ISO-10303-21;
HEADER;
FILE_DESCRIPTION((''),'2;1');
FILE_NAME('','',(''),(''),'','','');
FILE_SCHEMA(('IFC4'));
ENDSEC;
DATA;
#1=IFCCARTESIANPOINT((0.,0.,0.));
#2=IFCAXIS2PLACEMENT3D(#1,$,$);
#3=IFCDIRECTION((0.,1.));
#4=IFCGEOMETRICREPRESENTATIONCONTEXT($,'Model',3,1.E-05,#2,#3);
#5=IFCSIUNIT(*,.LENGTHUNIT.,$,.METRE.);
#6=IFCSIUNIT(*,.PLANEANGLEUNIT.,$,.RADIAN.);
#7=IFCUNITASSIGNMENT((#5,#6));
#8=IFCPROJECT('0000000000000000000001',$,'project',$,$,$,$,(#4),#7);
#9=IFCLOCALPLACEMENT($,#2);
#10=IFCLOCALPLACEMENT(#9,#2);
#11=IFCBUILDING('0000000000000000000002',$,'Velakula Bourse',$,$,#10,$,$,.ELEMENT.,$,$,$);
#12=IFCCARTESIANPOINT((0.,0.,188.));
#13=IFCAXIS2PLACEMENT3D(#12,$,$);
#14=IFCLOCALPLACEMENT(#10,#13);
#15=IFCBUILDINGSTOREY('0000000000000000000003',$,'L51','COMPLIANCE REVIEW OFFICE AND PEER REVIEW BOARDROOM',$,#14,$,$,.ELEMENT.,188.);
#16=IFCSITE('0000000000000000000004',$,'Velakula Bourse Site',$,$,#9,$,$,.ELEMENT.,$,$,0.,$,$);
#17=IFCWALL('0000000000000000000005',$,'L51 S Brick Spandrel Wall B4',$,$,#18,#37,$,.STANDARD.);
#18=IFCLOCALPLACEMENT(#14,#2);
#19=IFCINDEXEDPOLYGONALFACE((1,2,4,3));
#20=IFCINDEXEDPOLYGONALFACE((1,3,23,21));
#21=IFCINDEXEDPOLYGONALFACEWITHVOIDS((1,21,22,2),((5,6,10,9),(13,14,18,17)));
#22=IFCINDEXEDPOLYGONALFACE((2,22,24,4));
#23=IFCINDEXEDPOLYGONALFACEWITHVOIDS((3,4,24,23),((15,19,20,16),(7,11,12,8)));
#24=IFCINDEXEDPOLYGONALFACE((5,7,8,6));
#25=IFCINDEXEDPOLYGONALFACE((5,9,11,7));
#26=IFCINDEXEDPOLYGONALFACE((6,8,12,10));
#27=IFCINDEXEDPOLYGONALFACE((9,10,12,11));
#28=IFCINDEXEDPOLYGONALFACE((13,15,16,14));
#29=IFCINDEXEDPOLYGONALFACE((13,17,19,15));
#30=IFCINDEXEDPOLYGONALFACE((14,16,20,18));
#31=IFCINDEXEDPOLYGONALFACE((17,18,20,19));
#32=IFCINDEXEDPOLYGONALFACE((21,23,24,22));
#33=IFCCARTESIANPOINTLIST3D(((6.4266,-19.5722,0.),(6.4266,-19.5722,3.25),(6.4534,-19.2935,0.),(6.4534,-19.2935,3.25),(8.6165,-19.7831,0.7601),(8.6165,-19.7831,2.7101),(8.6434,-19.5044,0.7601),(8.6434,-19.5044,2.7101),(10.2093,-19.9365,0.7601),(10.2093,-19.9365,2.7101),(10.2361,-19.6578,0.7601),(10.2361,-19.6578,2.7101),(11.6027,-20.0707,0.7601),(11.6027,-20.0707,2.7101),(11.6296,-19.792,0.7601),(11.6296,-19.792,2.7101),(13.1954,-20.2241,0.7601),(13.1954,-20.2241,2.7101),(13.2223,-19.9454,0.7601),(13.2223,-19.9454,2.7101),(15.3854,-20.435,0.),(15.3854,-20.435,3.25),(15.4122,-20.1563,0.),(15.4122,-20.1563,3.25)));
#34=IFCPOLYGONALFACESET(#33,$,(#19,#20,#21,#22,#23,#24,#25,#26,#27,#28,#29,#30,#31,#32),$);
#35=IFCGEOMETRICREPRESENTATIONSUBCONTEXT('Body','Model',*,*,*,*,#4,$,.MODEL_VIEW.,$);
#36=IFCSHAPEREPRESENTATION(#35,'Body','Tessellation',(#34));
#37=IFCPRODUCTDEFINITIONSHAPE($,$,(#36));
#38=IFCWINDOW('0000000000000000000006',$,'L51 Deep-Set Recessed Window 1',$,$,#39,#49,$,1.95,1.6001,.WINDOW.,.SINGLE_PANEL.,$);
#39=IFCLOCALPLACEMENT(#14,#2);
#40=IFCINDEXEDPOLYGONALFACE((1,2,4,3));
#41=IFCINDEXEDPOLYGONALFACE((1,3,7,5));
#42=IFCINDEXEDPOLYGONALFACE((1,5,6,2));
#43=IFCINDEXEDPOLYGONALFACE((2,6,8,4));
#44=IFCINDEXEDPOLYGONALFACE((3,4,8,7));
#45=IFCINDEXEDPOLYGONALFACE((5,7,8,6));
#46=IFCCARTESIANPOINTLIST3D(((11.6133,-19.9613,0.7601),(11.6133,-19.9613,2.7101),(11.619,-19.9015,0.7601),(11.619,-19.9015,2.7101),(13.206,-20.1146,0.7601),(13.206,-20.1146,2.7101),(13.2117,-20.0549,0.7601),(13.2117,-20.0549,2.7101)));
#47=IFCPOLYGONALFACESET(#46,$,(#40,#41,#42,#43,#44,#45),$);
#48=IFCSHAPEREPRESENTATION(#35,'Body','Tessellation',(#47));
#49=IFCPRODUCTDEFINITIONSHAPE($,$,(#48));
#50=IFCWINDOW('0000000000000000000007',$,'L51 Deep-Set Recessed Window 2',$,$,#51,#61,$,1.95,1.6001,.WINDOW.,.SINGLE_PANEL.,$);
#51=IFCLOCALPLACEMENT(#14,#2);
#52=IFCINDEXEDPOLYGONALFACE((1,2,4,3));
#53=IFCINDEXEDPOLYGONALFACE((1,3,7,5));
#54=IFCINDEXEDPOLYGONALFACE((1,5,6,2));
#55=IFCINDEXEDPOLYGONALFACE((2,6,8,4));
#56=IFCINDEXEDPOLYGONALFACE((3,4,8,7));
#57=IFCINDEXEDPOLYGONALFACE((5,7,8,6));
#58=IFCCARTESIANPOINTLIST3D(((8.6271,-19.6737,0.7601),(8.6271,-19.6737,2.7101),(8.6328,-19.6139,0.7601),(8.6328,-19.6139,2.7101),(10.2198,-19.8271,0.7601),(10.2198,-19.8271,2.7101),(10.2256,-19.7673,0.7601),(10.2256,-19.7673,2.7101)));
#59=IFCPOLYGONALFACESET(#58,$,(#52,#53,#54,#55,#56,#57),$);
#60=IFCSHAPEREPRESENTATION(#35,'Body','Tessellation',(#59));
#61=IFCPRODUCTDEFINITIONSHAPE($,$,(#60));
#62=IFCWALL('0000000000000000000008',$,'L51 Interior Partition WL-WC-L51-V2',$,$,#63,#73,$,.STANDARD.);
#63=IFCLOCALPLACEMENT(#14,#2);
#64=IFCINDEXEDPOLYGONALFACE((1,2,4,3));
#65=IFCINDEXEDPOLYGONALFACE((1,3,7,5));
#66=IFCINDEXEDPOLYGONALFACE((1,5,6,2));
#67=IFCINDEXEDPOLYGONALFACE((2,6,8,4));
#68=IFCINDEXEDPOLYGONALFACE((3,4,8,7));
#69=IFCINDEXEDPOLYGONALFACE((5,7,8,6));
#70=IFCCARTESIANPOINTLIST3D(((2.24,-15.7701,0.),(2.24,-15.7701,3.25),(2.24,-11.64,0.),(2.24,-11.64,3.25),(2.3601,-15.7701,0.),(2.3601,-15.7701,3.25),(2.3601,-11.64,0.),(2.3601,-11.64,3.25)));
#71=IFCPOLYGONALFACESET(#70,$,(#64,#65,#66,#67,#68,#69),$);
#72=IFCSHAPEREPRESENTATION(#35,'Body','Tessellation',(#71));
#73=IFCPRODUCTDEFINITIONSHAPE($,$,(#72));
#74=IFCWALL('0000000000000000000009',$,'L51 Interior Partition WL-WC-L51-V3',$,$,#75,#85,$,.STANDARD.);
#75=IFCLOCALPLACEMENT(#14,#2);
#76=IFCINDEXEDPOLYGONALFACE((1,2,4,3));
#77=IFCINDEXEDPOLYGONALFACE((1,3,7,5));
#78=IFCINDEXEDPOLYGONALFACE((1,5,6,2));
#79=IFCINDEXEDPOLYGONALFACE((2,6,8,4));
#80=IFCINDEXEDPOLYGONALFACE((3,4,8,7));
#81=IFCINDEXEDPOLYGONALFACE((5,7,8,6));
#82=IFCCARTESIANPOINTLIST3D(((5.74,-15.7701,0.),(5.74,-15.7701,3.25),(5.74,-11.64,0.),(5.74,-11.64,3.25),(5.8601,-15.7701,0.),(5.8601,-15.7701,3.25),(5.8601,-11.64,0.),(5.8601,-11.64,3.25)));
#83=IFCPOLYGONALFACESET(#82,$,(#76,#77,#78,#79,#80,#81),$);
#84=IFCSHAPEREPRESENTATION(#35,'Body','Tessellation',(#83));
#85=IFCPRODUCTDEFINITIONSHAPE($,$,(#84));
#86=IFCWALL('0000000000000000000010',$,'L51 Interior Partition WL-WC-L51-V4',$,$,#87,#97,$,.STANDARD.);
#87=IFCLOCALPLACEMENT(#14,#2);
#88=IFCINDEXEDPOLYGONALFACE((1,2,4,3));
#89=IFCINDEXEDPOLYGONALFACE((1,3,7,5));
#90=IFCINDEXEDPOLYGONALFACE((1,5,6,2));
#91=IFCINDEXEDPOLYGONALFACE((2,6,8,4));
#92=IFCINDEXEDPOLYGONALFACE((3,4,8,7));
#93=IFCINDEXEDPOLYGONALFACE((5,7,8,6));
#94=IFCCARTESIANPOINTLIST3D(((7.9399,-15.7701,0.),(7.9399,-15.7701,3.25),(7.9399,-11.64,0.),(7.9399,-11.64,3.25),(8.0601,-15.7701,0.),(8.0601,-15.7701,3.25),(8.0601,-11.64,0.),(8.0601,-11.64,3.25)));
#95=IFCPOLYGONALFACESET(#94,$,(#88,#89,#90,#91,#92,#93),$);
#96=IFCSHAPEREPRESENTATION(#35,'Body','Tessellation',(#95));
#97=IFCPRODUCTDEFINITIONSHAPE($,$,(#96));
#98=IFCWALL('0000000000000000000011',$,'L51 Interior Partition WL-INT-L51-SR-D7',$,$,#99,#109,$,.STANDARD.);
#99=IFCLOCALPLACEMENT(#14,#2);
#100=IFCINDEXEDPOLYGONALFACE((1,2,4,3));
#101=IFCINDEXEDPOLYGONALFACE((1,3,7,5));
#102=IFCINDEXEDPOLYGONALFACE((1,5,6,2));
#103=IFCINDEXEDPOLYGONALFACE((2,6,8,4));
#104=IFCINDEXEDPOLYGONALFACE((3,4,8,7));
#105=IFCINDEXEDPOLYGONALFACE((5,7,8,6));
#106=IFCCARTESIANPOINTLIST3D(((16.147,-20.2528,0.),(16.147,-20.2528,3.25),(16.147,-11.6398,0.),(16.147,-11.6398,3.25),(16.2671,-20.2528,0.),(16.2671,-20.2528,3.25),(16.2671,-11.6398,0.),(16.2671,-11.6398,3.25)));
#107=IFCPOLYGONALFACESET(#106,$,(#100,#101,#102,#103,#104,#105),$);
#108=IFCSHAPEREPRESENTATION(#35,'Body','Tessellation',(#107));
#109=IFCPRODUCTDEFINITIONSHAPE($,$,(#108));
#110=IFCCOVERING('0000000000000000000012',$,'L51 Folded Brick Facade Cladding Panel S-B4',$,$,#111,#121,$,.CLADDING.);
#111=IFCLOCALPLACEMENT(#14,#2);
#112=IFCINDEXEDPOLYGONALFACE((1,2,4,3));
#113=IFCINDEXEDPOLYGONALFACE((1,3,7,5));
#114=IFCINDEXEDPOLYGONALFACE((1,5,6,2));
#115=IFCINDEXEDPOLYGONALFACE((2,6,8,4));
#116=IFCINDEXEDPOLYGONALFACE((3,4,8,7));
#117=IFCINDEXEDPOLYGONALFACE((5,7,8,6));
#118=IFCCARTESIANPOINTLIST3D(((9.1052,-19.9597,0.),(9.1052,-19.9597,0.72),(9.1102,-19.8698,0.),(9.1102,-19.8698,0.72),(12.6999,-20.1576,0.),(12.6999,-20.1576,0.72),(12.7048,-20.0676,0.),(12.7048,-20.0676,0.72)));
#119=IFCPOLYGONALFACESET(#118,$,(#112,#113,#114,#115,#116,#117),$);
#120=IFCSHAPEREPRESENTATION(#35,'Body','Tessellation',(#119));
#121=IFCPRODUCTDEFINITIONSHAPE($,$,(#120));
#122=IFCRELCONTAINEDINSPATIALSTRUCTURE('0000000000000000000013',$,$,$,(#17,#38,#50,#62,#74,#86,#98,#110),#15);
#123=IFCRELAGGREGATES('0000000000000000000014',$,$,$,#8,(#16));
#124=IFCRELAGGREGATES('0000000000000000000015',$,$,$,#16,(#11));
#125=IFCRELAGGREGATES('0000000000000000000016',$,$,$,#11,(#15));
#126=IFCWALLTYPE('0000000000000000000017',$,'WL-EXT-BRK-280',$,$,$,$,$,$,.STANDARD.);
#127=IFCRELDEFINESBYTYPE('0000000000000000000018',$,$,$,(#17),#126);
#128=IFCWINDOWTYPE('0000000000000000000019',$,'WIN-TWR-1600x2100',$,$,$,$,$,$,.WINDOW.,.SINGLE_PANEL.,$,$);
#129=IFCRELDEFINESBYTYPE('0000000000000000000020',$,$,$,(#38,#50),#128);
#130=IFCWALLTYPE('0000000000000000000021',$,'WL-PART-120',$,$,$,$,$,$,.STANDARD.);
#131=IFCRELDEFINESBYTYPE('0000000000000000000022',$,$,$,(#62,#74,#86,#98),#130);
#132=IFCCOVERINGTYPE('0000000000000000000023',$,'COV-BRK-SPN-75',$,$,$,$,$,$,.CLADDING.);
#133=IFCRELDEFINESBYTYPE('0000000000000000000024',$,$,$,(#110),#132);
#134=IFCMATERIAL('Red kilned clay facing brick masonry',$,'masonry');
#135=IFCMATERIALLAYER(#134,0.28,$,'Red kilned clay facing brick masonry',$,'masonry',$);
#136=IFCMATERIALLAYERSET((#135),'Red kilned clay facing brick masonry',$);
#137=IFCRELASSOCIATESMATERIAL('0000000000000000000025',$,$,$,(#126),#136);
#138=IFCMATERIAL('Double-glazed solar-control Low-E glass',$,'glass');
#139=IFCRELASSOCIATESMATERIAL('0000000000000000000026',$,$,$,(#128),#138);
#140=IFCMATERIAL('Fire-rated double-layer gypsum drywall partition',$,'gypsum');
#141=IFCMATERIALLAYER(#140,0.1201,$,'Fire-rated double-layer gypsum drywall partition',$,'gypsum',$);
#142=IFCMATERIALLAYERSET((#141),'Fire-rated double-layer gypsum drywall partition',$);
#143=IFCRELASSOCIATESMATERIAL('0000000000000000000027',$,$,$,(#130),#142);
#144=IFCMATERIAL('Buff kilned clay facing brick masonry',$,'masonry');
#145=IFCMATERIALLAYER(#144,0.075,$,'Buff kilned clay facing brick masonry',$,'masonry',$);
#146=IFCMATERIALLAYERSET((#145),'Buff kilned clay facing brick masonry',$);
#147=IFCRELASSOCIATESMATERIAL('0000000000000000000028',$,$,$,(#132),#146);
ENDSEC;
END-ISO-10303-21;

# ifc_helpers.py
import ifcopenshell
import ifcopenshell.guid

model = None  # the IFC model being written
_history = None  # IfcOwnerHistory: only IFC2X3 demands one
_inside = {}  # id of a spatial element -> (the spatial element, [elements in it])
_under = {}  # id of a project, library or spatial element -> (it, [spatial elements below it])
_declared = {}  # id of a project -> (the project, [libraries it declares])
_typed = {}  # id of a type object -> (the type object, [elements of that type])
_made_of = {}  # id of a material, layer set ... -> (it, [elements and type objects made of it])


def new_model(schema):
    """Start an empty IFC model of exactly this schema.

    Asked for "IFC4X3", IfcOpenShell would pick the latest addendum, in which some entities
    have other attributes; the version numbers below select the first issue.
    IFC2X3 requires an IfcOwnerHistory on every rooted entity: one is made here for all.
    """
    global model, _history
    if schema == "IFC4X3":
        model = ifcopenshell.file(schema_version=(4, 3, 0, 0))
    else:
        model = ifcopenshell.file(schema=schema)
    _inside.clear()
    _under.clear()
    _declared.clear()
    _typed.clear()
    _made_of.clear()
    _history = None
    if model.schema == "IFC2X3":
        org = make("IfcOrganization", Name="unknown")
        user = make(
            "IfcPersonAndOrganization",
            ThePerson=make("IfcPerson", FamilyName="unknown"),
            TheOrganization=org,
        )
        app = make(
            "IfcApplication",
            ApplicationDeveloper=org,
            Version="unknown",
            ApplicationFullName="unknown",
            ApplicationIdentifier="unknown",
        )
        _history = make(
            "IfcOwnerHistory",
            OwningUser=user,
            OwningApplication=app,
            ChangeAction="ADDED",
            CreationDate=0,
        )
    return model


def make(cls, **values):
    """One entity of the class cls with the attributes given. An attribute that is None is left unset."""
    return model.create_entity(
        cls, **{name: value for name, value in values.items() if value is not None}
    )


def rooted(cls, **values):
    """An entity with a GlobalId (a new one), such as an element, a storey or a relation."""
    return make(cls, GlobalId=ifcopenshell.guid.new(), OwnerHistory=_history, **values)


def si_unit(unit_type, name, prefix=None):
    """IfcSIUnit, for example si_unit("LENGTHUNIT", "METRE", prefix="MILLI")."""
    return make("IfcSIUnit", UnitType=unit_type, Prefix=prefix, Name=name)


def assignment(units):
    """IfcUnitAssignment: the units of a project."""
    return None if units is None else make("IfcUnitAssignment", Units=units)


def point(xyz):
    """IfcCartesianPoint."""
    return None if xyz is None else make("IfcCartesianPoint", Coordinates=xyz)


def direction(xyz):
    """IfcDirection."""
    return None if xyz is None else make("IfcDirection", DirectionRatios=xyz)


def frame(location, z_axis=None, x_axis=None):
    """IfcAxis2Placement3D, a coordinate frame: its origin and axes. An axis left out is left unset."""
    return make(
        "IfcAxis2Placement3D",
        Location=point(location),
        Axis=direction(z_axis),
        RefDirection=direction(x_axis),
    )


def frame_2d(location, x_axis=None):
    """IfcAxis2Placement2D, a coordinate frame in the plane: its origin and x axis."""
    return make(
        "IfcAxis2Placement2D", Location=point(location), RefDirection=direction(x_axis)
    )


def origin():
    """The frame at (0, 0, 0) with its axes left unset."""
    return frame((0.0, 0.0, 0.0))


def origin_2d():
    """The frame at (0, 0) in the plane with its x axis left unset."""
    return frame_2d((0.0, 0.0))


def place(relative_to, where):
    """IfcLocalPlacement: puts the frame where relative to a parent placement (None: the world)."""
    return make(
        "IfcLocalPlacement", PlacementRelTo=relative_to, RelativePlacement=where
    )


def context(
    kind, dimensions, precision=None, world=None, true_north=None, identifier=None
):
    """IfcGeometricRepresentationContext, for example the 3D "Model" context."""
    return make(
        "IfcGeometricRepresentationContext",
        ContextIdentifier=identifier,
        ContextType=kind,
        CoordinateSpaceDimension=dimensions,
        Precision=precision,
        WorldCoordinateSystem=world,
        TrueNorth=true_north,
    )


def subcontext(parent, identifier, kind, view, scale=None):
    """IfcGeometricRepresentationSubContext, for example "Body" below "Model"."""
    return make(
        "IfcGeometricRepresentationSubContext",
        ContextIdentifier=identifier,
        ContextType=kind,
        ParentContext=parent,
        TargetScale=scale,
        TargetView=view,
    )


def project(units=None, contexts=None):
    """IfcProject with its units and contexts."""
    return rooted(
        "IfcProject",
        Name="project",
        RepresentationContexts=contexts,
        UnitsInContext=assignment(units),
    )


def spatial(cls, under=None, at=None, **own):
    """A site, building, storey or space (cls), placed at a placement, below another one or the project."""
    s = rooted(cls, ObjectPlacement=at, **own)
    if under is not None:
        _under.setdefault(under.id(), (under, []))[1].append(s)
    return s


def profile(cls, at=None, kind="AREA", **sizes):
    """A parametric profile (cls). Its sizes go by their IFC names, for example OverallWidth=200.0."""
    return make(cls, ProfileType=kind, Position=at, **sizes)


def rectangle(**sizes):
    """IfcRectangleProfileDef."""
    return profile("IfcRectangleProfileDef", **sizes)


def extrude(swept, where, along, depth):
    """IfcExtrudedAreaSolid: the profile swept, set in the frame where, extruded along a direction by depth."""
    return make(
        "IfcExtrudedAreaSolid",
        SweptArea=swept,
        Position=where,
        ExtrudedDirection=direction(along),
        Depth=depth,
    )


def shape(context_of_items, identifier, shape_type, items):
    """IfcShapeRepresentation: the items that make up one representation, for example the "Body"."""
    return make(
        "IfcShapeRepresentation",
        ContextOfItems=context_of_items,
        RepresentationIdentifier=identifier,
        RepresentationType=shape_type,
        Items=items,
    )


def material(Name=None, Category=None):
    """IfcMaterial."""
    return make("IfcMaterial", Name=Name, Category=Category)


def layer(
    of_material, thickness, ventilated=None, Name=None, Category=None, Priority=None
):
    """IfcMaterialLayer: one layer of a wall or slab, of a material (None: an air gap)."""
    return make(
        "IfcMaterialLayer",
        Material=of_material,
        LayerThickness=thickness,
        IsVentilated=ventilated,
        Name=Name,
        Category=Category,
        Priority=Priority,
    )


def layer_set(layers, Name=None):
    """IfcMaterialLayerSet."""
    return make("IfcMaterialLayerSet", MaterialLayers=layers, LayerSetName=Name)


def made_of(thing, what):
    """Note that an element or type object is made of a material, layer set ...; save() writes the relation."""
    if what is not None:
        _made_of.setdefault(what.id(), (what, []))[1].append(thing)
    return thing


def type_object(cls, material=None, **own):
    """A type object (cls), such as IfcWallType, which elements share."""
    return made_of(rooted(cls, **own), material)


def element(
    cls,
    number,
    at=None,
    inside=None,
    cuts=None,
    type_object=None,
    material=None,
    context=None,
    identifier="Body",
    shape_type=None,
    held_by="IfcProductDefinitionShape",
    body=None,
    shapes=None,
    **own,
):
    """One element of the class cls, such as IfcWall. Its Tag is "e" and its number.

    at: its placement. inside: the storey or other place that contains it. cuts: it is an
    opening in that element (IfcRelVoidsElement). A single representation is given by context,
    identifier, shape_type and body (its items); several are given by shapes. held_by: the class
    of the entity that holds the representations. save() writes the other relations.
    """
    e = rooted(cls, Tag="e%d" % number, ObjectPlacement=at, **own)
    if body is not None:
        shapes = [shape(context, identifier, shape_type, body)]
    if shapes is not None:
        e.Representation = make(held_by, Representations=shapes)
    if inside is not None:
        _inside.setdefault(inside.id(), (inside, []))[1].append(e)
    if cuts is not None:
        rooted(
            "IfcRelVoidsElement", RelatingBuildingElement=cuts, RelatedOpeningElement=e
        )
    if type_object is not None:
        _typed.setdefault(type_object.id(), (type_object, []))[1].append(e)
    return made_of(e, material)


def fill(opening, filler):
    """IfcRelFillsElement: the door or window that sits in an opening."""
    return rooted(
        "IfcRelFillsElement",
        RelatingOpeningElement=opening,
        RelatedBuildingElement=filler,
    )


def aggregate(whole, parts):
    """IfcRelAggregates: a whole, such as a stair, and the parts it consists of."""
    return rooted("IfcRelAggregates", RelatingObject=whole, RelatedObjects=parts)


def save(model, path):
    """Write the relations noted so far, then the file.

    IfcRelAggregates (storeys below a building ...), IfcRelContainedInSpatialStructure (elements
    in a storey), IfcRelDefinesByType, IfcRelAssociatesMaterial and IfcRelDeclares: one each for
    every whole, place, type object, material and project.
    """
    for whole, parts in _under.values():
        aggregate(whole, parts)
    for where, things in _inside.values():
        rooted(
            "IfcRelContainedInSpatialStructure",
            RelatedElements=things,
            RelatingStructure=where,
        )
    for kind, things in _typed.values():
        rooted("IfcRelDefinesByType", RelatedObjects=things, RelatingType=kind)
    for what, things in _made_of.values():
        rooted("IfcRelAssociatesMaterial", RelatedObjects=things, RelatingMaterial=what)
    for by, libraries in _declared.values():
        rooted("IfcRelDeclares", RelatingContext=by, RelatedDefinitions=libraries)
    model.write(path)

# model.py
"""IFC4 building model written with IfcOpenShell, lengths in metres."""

from ifc_helpers import new_model, si_unit, direction, frame, frame_2d, origin, origin_2d, place, context, subcontext, project, spatial, rectangle, extrude, material, layer, layer_set, type_object, element, fill, save


model = new_model("IFC4")

# Units and contexts
model_context = context("Model", 3, precision=1e-05, world=origin(), true_north=direction((0.0, 1.0)))
body_context = subcontext(model_context, "Body", "Model", "MODEL_VIEW")
ifc_project = project(units=[si_unit("LENGTHUNIT", "METRE"), si_unit("PLANEANGLEUNIT", "RADIAN")], contexts=[model_context])

# Site, building, storey
site_placement = place(None, origin())
site = spatial("IfcSite", under=ifc_project, at=site_placement, Name="Velakula Bourse Site", CompositionType="ELEMENT", RefElevation=0.0)
building_placement = place(site_placement, origin())
building = spatial("IfcBuilding", under=site, at=building_placement, Name="Velakula Bourse", CompositionType="ELEMENT")
storey_placement = place(building_placement, frame((0.0, 0.0, 188.0)))
storey = spatial("IfcBuildingStorey", under=building, at=storey_placement, Name="L51", Description="COMPLIANCE REVIEW OFFICE AND PEER REVIEW BOARDROOM", CompositionType="ELEMENT", Elevation=188.0)

# Wall, openings, windows
ifc_material_1 = material(Name="Red kilned clay facing brick masonry", Category="masonry")
ifc_layer_1 = layer(ifc_material_1, 0.28, Name="Red kilned clay facing brick masonry", Category="masonry")
ifc_layer_set_1 = layer_set([ifc_layer_1], Name="Red kilned clay facing brick masonry")
wall_type_1 = type_object("IfcWallType", Name="WL-EXT-BRK-280", PredefinedType="STANDARD", material=ifc_layer_set_1)
ifc_material_2 = material(Name="Double-glazed solar-control Low-E glass", Category="glass")
window_type = type_object("IfcWindowType", Name="WIN-TWR-1600x2100", PartitioningType="SINGLE_PANEL", PredefinedType="WINDOW", material=ifc_material_2)
wall_1_placement = place(storey_placement, frame((15.3987, -20.2957, 0.0), z_axis=(0.0, 0.0, 1.0), x_axis=(-0.995394, 0.095864, 0.0)))
wall_1 = element("IfcWall", 1, at=wall_1_placement, inside=storey, type_object=wall_type_1, Name="L51 S Brick Spandrel Wall B4", PredefinedType="STANDARD", context=body_context, shape_type="SweptSolid", body=[
    extrude(rectangle(XDim=9.0002, YDim=0.28, at=frame_2d((4.5, 0.0))), origin(), (0.0, 0.0, 1.0), 3.25),
])
opening_1_placement = place(wall_1_placement, frame((2.2, 0.0, 0.76)))
opening_1 = element("IfcOpeningElement", 2, at=opening_1_placement, cuts=wall_1, PredefinedType="OPENING", context=body_context, shape_type="SweptSolid", body=[
    extrude(rectangle(XDim=1.6001, YDim=1.95, at=frame_2d((0.8, 0.9751))), frame((0.0, 0.1499, 0.0), z_axis=(0.0, -1.0, 0.0), x_axis=(1.0, 0.0, 0.0)), (0.0, 0.0, 1.0), 0.3),
])
opening_2_placement = place(wall_1_placement, frame((5.2, 0.0, 0.76)))
opening_2 = element("IfcOpeningElement", 3, at=opening_2_placement, cuts=wall_1, PredefinedType="OPENING", context=body_context, shape_type="SweptSolid", body=[
    extrude(rectangle(XDim=1.6001, YDim=1.95, at=frame_2d((0.8, 0.9751))), frame((0.0, 0.1499, 0.0), z_axis=(0.0, -1.0, 0.0), x_axis=(1.0, 0.0, 0.0)), (0.0, 0.0, 1.0), 0.3),
])
window_1_placement = place(opening_1_placement, origin())
window_1 = element("IfcWindow", 4, at=window_1_placement, inside=storey, type_object=window_type, Name="L51 Deep-Set Recessed Window 1", OverallHeight=1.95, OverallWidth=1.6001, PartitioningType="SINGLE_PANEL", PredefinedType="WINDOW", context=body_context, shape_type="SweptSolid", body=[
    extrude(rectangle(XDim=1.6001, YDim=1.95, at=frame_2d((0.8, 0.9751))), frame((0.0, 0.03, 0.0), z_axis=(0.0, -1.0, 0.0), x_axis=(1.0, 0.0, 0.0)), (0.0, 0.0, 1.0), 0.0601),
])
fill(opening_1, window_1)
window_2_placement = place(opening_2_placement, origin())
window_2 = element("IfcWindow", 5, at=window_2_placement, inside=storey, type_object=window_type, Name="L51 Deep-Set Recessed Window 2", OverallHeight=1.95, OverallWidth=1.6001, PartitioningType="SINGLE_PANEL", PredefinedType="WINDOW", context=body_context, shape_type="SweptSolid", body=[
    extrude(rectangle(XDim=1.6001, YDim=1.95, at=frame_2d((0.8, 0.9751))), frame((0.0, 0.03, 0.0), z_axis=(0.0, -1.0, 0.0), x_axis=(1.0, 0.0, 0.0)), (0.0, 0.0, 1.0), 0.0601),
])
fill(opening_2, window_2)

# Walls
ifc_material_3 = material(Name="Fire-rated double-layer gypsum drywall partition", Category="gypsum")
ifc_layer_2 = layer(ifc_material_3, 0.1201, Name="Fire-rated double-layer gypsum drywall partition", Category="gypsum")
ifc_layer_set_2 = layer_set([ifc_layer_2], Name="Fire-rated double-layer gypsum drywall partition")
wall_type_2 = type_object("IfcWallType", Name="WL-PART-120", PredefinedType="STANDARD", material=ifc_layer_set_2)
for number, where, z_axis, x_axis, name in (
    (6, (2.3, -15.77, 0.0), (0.0, 0.0, 1.0), (0.0, 1.0, 0.0), "L51 Interior Partition WL-WC-L51-V2"),
    (7, (5.8, -15.77, 0.0), (0.0, 0.0, 1.0), (0.0, 1.0, 0.0), "L51 Interior Partition WL-WC-L51-V3"),
    (8, (8.0, -15.77, 0.0), (0.0, 0.0, 1.0), (0.0, 1.0, 0.0), "L51 Interior Partition WL-WC-L51-V4"),
):
    element("IfcWall", number, at=place(storey_placement, frame(where, z_axis=z_axis, x_axis=x_axis)), inside=storey, type_object=wall_type_2, Name=name, PredefinedType="STANDARD", context=body_context, shape_type="SweptSolid", body=[
        extrude(rectangle(XDim=4.1301, YDim=0.1201, at=frame_2d((2.0649, 0.0))), origin(), (0.0, 0.0, 1.0), 3.25),
    ])
wall_2_placement = place(storey_placement, frame((16.207, -20.2529, 0.0), z_axis=(0.0, 0.0, 1.0), x_axis=(0.0, 1.0, 0.0)))
element("IfcWall", 9, at=wall_2_placement, inside=storey, type_object=wall_type_2, Name="L51 Interior Partition WL-INT-L51-SR-D7", PredefinedType="STANDARD", context=body_context, shape_type="SweptSolid", body=[
    extrude(rectangle(XDim=8.613, YDim=0.1201, at=frame_2d((4.3066, 0.0))), origin(), (0.0, 0.0, 1.0), 3.25),
])

# Covering
ifc_material_4 = material(Name="Buff kilned clay facing brick masonry", Category="masonry")
ifc_layer_3 = layer(ifc_material_4, 0.075, Name="Buff kilned clay facing brick masonry", Category="masonry")
ifc_layer_set_3 = layer_set([ifc_layer_3], Name="Buff kilned clay facing brick masonry")
covering_type = type_object("IfcCoveringType", Name="COV-BRK-SPN-75", PredefinedType="CLADDING", material=ifc_layer_set_3)
covering_placement = place(storey_placement, frame((10.905, -20.0137, 0.0), z_axis=(0.0, 0.0, 1.0), x_axis=(0.998489, -0.05495, 0.0)))
element("IfcCovering", 10, at=covering_placement, inside=storey, type_object=covering_type, Name="L51 Folded Brick Facade Cladding Panel S-B4", PredefinedType="CLADDING", context=body_context, shape_type="SweptSolid", body=[
    extrude(rectangle(XDim=3.6001, YDim=0.0901, at=origin_2d()), origin(), (0.0, 0.0, 1.0), 0.72),
])

save(model, "model.ifc")
